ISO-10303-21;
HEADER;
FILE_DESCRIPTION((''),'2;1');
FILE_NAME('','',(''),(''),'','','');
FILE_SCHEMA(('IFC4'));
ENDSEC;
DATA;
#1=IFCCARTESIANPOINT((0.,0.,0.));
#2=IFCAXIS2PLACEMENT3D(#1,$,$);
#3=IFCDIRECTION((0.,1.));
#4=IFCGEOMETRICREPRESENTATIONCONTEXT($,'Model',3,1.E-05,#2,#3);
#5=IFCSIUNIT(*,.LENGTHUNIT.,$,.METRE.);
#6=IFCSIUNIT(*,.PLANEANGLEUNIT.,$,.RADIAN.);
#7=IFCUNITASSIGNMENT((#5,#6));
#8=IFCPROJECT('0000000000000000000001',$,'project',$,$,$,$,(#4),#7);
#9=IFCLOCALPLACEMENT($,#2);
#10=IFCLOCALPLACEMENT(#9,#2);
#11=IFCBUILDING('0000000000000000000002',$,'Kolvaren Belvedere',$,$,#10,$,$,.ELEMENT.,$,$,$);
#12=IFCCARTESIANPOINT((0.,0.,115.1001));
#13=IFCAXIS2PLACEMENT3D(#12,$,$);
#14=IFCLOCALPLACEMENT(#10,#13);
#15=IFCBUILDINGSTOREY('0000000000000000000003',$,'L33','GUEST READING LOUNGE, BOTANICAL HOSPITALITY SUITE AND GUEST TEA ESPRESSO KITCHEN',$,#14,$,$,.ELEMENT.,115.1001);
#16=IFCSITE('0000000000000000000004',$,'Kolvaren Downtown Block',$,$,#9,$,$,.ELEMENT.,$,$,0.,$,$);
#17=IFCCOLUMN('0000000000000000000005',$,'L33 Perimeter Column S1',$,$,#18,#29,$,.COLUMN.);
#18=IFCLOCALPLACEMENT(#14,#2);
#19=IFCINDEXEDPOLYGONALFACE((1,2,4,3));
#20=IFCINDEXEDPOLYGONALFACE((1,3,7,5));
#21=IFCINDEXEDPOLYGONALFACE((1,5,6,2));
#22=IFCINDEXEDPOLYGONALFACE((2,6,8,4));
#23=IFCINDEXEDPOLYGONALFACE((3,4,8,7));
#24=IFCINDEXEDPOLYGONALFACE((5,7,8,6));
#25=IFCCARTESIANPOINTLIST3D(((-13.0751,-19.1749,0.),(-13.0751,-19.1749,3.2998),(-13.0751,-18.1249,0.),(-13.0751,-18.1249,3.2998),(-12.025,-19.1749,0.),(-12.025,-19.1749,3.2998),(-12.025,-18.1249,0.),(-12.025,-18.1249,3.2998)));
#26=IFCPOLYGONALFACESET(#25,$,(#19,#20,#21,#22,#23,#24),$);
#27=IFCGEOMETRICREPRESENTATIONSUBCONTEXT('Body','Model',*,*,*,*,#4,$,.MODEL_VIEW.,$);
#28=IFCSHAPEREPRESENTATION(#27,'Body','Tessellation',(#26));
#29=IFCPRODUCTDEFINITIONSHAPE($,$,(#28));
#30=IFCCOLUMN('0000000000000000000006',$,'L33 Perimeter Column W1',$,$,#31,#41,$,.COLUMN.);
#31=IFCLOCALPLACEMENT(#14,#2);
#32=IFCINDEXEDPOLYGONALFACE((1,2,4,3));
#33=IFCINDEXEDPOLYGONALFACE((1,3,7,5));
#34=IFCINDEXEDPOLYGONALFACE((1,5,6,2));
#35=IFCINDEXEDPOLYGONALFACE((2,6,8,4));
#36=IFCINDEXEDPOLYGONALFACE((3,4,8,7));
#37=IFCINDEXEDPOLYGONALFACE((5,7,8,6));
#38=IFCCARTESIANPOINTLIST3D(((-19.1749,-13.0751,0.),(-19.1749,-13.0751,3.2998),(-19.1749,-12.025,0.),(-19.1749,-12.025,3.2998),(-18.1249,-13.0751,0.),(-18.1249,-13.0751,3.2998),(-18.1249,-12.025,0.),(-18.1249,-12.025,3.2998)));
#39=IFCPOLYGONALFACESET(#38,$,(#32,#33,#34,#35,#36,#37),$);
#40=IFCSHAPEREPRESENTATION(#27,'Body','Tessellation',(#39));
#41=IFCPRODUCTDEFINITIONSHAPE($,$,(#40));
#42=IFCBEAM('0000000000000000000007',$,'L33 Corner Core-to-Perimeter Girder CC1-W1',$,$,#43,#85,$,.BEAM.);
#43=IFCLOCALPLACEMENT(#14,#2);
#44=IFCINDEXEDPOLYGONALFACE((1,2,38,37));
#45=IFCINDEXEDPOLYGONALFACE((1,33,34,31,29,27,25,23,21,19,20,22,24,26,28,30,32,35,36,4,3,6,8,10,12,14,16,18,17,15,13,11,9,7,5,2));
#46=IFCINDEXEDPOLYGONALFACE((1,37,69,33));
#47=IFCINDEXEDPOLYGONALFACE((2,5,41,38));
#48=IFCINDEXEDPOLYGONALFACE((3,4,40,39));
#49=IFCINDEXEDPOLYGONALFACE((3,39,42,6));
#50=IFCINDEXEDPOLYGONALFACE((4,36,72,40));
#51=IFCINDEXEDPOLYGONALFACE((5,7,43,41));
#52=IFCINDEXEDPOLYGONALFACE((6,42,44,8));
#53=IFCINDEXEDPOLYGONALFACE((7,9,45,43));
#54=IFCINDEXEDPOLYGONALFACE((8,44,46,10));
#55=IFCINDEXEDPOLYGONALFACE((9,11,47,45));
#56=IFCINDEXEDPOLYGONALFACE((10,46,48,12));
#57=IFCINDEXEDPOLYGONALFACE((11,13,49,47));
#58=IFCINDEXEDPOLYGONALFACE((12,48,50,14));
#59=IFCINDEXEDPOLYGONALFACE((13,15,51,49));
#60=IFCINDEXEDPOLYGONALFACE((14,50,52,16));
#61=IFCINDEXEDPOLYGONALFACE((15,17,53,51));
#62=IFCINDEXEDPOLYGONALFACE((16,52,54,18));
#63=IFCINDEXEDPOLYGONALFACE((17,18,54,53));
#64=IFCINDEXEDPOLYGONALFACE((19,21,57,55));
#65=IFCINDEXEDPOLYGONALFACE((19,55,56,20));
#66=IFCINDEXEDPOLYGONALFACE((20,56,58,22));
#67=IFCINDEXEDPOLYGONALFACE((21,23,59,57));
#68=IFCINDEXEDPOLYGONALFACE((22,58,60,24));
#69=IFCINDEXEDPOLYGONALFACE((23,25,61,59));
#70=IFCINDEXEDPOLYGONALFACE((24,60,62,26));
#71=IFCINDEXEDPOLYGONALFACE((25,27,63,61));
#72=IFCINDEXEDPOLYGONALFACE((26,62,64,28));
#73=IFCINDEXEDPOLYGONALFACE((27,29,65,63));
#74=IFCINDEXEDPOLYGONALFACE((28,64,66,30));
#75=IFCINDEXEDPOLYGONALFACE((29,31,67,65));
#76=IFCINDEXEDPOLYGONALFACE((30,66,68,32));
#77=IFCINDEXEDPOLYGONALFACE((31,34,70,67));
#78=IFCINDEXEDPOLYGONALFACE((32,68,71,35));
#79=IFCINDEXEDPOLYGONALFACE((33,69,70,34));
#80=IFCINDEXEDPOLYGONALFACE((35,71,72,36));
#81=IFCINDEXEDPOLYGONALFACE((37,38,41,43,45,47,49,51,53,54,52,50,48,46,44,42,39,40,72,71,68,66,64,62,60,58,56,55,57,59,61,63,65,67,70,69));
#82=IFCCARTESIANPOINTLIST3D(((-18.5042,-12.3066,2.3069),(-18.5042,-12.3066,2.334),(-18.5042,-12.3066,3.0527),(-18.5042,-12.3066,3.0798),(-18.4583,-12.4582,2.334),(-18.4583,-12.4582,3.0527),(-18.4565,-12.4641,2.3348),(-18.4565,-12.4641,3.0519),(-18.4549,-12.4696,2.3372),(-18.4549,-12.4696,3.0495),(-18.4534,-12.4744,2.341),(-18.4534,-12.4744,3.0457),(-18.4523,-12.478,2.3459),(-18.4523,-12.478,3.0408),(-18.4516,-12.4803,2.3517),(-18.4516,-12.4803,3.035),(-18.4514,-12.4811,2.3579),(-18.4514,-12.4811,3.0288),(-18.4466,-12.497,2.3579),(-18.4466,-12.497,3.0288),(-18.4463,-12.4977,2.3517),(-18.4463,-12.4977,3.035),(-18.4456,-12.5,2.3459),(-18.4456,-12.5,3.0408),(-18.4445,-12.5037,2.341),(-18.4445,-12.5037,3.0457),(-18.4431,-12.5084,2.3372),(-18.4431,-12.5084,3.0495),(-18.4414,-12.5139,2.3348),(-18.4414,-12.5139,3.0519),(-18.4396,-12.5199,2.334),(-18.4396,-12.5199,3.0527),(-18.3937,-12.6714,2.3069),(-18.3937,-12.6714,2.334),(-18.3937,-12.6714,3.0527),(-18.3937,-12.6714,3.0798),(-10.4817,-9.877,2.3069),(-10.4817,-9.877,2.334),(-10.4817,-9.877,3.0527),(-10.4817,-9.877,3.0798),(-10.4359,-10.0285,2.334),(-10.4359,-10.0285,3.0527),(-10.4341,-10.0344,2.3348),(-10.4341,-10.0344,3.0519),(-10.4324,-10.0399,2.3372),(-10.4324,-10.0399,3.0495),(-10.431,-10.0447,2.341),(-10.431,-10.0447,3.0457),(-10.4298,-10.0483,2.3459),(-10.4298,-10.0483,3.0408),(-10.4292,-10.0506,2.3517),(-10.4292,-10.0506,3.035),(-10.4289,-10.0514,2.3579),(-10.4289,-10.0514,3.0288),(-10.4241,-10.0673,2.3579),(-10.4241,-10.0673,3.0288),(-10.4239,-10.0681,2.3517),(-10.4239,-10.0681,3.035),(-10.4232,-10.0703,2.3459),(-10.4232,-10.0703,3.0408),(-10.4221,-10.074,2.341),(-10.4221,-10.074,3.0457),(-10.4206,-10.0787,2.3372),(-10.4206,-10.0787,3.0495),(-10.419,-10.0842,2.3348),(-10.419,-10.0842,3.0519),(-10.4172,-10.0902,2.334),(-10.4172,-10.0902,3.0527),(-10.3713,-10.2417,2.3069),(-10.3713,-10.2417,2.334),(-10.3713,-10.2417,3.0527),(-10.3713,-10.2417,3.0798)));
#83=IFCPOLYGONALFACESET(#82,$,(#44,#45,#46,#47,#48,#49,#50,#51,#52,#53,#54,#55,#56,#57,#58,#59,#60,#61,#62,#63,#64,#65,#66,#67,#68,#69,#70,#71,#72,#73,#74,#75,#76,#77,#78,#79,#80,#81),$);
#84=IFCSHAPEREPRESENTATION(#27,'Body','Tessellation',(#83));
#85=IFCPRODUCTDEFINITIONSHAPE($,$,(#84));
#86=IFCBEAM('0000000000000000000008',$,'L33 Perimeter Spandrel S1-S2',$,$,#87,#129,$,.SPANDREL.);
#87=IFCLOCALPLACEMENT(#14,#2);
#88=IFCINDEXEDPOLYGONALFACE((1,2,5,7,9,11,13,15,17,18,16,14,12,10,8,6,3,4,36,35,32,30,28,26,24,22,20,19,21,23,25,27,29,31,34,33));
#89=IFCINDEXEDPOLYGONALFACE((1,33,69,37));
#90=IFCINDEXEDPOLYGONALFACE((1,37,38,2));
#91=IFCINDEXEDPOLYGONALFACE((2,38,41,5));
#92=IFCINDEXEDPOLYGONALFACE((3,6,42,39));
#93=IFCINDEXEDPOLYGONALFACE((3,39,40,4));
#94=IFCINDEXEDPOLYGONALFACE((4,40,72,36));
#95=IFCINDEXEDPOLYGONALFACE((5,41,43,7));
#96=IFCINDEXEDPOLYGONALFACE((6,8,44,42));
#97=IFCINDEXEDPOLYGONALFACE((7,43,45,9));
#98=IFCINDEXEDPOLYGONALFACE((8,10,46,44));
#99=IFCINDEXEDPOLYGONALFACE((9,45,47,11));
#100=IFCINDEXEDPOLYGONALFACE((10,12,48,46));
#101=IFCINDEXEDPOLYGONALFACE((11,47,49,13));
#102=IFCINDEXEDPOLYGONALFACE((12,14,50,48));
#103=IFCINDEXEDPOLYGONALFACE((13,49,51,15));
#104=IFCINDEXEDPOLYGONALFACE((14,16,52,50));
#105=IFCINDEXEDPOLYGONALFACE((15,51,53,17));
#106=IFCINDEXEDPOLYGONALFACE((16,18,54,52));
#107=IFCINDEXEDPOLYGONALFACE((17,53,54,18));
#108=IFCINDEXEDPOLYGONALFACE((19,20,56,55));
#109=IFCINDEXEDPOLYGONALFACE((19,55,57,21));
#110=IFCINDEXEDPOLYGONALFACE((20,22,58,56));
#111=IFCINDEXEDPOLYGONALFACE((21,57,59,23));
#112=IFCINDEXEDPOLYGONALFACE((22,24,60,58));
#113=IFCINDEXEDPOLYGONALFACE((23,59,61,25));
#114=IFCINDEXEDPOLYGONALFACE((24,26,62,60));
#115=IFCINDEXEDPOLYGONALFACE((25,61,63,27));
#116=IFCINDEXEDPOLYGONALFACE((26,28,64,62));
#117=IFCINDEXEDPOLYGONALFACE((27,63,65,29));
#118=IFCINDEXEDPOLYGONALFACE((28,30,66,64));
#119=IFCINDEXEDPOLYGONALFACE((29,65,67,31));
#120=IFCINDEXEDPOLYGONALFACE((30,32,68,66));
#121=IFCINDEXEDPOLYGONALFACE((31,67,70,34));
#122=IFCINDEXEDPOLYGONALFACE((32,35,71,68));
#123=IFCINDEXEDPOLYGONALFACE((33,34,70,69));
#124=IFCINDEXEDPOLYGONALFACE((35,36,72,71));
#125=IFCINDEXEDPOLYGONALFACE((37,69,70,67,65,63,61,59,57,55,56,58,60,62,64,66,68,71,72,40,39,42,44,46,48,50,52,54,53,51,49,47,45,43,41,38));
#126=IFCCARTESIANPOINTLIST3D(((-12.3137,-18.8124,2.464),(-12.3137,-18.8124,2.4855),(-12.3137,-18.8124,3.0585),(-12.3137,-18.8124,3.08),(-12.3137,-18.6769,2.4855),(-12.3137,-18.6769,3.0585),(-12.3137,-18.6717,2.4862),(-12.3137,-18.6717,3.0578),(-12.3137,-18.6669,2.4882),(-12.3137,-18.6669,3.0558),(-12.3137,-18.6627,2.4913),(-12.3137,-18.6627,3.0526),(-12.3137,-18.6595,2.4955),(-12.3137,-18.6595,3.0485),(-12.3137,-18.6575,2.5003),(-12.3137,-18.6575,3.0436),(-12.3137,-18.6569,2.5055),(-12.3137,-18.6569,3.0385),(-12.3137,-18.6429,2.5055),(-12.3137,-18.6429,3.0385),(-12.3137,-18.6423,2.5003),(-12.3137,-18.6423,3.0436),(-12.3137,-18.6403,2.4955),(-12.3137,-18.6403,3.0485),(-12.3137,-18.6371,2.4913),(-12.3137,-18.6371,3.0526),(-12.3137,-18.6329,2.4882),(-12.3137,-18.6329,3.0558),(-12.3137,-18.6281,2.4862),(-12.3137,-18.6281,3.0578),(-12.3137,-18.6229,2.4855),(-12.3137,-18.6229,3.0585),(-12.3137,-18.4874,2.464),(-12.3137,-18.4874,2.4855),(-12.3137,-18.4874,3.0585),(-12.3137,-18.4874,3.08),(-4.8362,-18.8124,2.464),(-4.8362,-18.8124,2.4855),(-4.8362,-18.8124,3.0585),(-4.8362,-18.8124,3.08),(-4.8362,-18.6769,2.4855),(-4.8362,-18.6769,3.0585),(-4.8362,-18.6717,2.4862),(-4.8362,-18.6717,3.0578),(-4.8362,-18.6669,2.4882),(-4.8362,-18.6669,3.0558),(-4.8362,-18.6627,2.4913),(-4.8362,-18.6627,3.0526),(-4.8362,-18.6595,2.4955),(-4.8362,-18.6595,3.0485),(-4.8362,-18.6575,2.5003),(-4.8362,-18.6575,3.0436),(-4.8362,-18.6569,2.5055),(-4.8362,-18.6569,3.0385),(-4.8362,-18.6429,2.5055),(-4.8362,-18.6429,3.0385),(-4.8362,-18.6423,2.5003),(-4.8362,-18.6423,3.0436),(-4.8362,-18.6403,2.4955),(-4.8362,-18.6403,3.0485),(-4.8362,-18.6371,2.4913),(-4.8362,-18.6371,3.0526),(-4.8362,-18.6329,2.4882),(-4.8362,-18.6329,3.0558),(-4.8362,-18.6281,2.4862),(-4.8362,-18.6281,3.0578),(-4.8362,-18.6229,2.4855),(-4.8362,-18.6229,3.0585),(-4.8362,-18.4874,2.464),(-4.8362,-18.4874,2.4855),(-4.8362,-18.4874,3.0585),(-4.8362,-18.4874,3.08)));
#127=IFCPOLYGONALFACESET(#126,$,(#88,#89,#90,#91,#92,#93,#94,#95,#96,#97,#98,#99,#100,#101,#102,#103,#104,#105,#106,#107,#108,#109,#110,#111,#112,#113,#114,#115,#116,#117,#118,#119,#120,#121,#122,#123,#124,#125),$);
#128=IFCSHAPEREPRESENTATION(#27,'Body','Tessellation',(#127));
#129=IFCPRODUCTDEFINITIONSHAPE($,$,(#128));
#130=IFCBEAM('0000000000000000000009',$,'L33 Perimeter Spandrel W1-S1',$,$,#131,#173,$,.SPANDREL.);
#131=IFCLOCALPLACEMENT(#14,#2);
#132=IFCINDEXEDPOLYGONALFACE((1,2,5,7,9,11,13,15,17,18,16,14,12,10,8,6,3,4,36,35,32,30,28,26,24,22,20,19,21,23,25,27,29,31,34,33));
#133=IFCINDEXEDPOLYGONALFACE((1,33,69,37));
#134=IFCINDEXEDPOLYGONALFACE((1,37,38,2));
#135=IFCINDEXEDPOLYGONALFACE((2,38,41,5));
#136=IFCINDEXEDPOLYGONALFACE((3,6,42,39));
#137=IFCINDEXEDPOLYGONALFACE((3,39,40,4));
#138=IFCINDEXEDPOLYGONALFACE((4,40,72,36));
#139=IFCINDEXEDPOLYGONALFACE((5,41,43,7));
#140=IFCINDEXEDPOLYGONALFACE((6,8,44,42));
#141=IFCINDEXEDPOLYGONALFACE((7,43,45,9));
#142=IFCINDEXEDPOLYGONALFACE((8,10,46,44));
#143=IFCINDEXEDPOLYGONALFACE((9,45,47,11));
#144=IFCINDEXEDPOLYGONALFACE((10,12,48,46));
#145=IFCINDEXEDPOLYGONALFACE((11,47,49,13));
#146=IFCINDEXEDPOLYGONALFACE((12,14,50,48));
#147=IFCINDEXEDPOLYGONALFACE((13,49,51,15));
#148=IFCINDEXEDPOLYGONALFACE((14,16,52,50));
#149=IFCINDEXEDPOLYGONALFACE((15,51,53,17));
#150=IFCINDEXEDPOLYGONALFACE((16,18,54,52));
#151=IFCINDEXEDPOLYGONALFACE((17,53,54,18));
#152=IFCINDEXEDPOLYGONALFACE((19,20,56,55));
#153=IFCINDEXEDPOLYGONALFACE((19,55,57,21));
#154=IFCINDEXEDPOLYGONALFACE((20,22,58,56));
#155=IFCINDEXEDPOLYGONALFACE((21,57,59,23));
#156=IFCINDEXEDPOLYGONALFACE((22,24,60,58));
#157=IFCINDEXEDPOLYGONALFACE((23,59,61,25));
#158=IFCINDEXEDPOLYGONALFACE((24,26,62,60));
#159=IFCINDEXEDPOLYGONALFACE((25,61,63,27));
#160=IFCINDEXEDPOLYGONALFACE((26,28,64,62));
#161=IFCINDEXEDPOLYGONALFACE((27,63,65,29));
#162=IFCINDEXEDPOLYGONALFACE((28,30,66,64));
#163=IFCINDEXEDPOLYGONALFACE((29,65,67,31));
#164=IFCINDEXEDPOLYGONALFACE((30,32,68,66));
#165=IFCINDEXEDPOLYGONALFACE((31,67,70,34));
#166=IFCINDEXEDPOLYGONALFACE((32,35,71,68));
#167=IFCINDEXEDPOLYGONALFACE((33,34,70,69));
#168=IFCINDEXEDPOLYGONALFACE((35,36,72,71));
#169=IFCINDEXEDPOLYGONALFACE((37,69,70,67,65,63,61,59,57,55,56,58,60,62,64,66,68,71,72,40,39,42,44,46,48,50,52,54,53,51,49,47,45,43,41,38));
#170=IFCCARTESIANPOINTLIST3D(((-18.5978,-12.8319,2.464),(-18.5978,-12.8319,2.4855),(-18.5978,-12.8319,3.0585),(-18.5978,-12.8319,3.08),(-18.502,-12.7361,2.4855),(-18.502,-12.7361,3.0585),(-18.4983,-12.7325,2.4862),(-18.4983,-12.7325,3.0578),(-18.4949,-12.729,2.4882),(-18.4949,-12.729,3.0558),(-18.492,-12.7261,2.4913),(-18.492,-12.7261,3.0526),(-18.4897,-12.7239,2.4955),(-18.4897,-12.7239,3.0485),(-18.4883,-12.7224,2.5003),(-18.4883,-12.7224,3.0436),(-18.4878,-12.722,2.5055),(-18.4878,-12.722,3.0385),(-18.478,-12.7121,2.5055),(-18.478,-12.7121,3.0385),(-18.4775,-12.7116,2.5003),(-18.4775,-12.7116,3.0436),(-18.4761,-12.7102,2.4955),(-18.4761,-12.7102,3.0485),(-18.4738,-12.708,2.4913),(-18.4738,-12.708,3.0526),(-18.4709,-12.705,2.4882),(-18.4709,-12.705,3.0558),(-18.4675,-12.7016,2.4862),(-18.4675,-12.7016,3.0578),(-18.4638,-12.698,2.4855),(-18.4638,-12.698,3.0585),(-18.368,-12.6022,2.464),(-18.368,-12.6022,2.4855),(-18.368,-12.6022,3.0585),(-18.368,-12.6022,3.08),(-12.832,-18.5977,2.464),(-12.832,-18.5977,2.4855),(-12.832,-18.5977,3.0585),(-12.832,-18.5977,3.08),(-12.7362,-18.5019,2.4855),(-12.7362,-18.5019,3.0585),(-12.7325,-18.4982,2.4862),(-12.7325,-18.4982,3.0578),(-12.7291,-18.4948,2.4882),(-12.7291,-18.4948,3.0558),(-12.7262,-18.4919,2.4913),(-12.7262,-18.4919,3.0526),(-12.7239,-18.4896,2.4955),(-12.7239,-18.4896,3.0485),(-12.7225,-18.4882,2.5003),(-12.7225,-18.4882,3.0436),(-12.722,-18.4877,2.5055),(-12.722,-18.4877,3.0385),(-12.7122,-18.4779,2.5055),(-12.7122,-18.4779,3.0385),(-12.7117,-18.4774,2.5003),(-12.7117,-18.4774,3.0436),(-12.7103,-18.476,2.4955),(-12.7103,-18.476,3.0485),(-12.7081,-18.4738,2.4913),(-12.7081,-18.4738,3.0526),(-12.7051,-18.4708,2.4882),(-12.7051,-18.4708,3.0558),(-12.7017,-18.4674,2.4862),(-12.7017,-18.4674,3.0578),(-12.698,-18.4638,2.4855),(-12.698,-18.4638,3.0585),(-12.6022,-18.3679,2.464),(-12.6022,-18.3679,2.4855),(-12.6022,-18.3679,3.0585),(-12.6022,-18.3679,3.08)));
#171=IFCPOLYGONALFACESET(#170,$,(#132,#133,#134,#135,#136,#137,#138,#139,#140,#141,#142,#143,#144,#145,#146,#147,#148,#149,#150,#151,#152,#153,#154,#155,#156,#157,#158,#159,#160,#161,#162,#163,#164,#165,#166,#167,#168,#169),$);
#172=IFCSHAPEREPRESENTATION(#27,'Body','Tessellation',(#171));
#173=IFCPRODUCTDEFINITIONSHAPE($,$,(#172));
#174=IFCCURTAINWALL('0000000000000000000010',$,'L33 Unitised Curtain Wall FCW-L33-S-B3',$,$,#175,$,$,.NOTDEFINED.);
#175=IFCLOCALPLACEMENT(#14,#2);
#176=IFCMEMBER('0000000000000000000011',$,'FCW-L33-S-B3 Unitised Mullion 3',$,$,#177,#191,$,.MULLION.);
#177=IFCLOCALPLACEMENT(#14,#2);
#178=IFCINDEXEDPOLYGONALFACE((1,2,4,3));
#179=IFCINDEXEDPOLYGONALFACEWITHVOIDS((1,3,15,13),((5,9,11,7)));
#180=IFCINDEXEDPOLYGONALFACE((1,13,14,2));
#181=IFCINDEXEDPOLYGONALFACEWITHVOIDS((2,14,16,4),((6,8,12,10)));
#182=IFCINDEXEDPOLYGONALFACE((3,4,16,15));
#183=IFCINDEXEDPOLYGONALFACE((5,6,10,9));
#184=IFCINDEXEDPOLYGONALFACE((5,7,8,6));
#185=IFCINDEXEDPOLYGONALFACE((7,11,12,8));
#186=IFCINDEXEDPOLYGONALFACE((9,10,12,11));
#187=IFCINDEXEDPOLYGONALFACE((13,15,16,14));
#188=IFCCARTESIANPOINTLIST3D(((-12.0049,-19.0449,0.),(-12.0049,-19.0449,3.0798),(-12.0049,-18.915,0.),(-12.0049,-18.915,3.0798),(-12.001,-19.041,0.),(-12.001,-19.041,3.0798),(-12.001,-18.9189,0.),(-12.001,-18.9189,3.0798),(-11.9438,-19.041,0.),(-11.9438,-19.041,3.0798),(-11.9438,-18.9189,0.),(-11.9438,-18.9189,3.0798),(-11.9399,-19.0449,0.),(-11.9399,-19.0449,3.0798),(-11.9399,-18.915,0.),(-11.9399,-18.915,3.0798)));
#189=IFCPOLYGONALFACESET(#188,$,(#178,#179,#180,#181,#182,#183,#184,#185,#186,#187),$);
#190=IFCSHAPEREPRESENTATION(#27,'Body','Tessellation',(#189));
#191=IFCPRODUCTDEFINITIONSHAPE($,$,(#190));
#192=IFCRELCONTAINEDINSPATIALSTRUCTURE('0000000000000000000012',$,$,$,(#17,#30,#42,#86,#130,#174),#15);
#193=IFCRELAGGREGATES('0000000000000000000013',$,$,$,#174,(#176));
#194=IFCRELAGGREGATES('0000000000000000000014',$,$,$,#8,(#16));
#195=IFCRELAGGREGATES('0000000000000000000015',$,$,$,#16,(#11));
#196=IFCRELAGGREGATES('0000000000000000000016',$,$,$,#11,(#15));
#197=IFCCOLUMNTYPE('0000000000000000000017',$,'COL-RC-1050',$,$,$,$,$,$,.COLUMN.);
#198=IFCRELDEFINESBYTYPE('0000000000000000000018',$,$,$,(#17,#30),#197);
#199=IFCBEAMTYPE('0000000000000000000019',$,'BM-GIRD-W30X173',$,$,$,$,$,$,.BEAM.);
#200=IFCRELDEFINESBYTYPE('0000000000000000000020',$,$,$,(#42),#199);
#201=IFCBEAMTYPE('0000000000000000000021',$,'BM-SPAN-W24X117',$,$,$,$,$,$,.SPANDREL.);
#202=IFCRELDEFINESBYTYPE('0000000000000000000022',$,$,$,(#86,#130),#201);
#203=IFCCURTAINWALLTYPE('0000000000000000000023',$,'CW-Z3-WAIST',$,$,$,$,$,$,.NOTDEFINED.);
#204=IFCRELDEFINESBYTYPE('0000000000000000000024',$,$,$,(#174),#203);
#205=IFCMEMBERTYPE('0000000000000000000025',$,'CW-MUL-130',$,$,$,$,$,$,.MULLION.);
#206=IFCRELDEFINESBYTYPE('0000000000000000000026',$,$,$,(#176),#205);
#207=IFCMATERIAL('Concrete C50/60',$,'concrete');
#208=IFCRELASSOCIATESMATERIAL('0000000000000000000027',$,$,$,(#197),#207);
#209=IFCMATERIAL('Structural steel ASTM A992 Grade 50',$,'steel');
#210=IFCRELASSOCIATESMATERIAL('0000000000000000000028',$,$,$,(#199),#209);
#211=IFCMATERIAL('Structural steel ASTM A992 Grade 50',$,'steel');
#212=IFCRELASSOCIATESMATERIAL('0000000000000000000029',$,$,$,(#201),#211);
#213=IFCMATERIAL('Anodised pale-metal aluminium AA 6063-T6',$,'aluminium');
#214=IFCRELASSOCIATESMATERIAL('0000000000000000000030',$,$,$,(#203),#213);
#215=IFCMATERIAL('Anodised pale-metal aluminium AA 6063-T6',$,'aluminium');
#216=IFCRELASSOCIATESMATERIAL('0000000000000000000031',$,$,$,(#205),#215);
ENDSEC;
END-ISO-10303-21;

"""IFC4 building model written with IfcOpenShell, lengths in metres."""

from ifc_helpers import new_model, si_unit, direction, frame, origin, origin_2d, place, context, subcontext, project, spatial, rectangle, hollow_rectangle, i_section, extrude, material, material_profile, profile_set, type_object, element, aggregate, save


model = new_model("IFC4")

# Units and contexts
model_context = context("Model", 3, precision=1e-05, world=origin(), true_north=direction((0.0, 1.0)))
body_context = subcontext(model_context, "Body", "Model", "MODEL_VIEW")
ifc_project = project(units=[si_unit("LENGTHUNIT", "METRE"), si_unit("PLANEANGLEUNIT", "RADIAN")], contexts=[model_context])

# Site, building, storey
site_placement = place(None, origin())
site = spatial("IfcSite", under=ifc_project, at=site_placement, Name="Kolvaren Downtown Block", CompositionType="ELEMENT", RefElevation=0.0)
building_placement = place(site_placement, origin())
building = spatial("IfcBuilding", under=site, at=building_placement, Name="Kolvaren Belvedere", CompositionType="ELEMENT")
storey_placement = place(building_placement, frame((0.0, 0.0, 115.1001)))
storey = spatial("IfcBuildingStorey", under=building, at=storey_placement, Name="L33", Description="GUEST READING LOUNGE, BOTANICAL HOSPITALITY SUITE AND GUEST TEA ESPRESSO KITCHEN", CompositionType="ELEMENT", Elevation=115.1001)

# Columns
ifc_material_1 = material(Name="Concrete C50/60", Category="concrete")
ifc_material_profile_1 = material_profile(ifc_material_1, rectangle(XDim=1.05, YDim=1.05, at=origin_2d()), Name="RC 1050X1050")
ifc_profile_set_1 = profile_set([ifc_material_profile_1], Name="Concrete C50/60")
column_type = type_object("IfcColumnType", Name="COL-RC-1050", PredefinedType="COLUMN", material=ifc_profile_set_1)
for number, where, z_axis, x_axis, name in (
    (1, (-12.55, -18.6499, 0.0), (0.0, 0.0, 1.0), (1.0, 0.0, 0.0), "L33 Perimeter Column S1"),
    (2, (-18.6499, -12.55, 0.0), (0.0, 0.0, 1.0), (1.0, 0.0, 0.0), "L33 Perimeter Column W1"),
):
    element("IfcColumn", number, at=place(storey_placement, frame(where, z_axis=z_axis, x_axis=x_axis)), inside=storey, type_object=column_type, Name=name, PredefinedType="COLUMN", context=body_context, shape_type="SweptSolid", body=[
        extrude(rectangle(XDim=1.05, YDim=1.05, at=origin_2d()), origin(), (0.0, 0.0, 1.0), 3.2998),
    ])

# Beams
ifc_material_2 = material(Name="Structural steel ASTM A992 Grade 50", Category="steel")
ifc_material_profile_2 = material_profile(ifc_material_2, i_section(OverallWidth=0.3811, OverallDepth=0.7729, WebThickness=0.0166, FlangeThickness=0.0271, FilletRadius=0.0239, at=origin_2d()), Name="W30X173")
ifc_profile_set_2 = profile_set([ifc_material_profile_2], Name="Structural steel ASTM A992 Grade 50")
beam_type_1 = type_object("IfcBeamType", Name="BM-GIRD-W30X173", PredefinedType="BEAM", material=ifc_profile_set_2)
beam_1_placement = place(storey_placement, frame((-10.4265, -10.0593, 2.6934), z_axis=(-0.957069, -0.289859, 0.0), x_axis=(0.289859, -0.957069, 0.0)))
element("IfcBeam", 3, at=beam_1_placement, inside=storey, type_object=beam_type_1, Name="L33 Corner Core-to-Perimeter Girder CC1-W1", PredefinedType="BEAM", context=body_context, shape_type="SweptSolid", body=[
    extrude(i_section(OverallWidth=0.3811, OverallDepth=0.7729, WebThickness=0.0166, FlangeThickness=0.0271, FilletRadius=0.0239, at=origin_2d()), origin(), (0.0, 0.0, 1.0), 8.3823),
])
ifc_material_3 = material(Name="Structural steel ASTM A992 Grade 50", Category="steel")
ifc_material_profile_3 = material_profile(ifc_material_3, i_section(OverallWidth=0.325, OverallDepth=0.616, WebThickness=0.0139, FlangeThickness=0.0215, FilletRadius=0.02, at=origin_2d()), Name="W24X117")
ifc_profile_set_3 = profile_set([ifc_material_profile_3], Name="Structural steel ASTM A992 Grade 50")
beam_type_2 = type_object("IfcBeamType", Name="BM-SPAN-W24X117", PredefinedType="SPANDREL", material=ifc_profile_set_3)
beam_2_placement = place(storey_placement, frame((-12.3137, -18.6499, 2.772), z_axis=(1.0, 0.0, 0.0), x_axis=(0.0, 1.0, 0.0)))
element("IfcBeam", 4, at=beam_2_placement, inside=storey, type_object=beam_type_2, Name="L33 Perimeter Spandrel S1-S2", PredefinedType="SPANDREL", context=body_context, shape_type="SweptSolid", body=[
    extrude(i_section(OverallWidth=0.325, OverallDepth=0.616, WebThickness=0.0139, FlangeThickness=0.0215, FilletRadius=0.02, at=origin_2d()), origin(), (0.0, 0.0, 1.0), 7.4775),
])
beam_3_placement = place(storey_placement, frame((-18.4829, -12.717, 2.772), z_axis=(0.707107, -0.707107, 0.0), x_axis=(0.707107, 0.707107, 0.0)))
element("IfcBeam", 5, at=beam_3_placement, inside=storey, type_object=beam_type_2, Name="L33 Perimeter Spandrel W1-S1", PredefinedType="SPANDREL", context=body_context, shape_type="SweptSolid", body=[
    extrude(i_section(OverallWidth=0.325, OverallDepth=0.616, WebThickness=0.0139, FlangeThickness=0.0215, FilletRadius=0.02, at=origin_2d()), origin(), (0.0, 0.0, 1.0), 8.1541),
])

# Curtain wall, member
ifc_material_4 = material(Name="Anodised pale-metal aluminium AA 6063-T6", Category="aluminium")
curtain_wall_type = type_object("IfcCurtainWallType", Name="CW-Z3-WAIST", PredefinedType="NOTDEFINED", material=ifc_material_4)
curtain_wall_1_placement = place(storey_placement, origin())
curtain_wall_1 = element("IfcCurtainWall", 6, at=curtain_wall_1_placement, inside=storey, type_object=curtain_wall_type, Name="L33 Unitised Curtain Wall FCW-L33-S-B3", PredefinedType="NOTDEFINED")
ifc_material_5 = material(Name="Anodised pale-metal aluminium AA 6063-T6", Category="aluminium")
ifc_material_profile_4 = material_profile(ifc_material_5, hollow_rectangle(XDim=0.0649, YDim=0.1299, WallThickness=0.0039, at=origin_2d()), Name="ALU-MUL-130X65")
ifc_profile_set_4 = profile_set([ifc_material_profile_4], Name="Anodised pale-metal aluminium AA 6063-T6")
member_type_1 = type_object("IfcMemberType", Name="CW-MUL-130", PredefinedType="MULLION", material=ifc_profile_set_4)
member_1_placement = place(storey_placement, frame((-11.9724, -18.98, 0.0), z_axis=(0.0, 0.0, 1.0), x_axis=(1.0, 0.0, 0.0)))
member_1 = element("IfcMember", 7, at=member_1_placement, type_object=member_type_1, Name="FCW-L33-S-B3 Unitised Mullion 3", PredefinedType="MULLION", context=body_context, shape_type="SweptSolid", body=[
    extrude(hollow_rectangle(XDim=0.0649, YDim=0.1299, WallThickness=0.0039, at=origin_2d()), origin(), (0.0, 0.0, 1.0), 3.0798),
])
aggregate(curtain_wall_1, [member_1])

save(model, "model.ifc")
